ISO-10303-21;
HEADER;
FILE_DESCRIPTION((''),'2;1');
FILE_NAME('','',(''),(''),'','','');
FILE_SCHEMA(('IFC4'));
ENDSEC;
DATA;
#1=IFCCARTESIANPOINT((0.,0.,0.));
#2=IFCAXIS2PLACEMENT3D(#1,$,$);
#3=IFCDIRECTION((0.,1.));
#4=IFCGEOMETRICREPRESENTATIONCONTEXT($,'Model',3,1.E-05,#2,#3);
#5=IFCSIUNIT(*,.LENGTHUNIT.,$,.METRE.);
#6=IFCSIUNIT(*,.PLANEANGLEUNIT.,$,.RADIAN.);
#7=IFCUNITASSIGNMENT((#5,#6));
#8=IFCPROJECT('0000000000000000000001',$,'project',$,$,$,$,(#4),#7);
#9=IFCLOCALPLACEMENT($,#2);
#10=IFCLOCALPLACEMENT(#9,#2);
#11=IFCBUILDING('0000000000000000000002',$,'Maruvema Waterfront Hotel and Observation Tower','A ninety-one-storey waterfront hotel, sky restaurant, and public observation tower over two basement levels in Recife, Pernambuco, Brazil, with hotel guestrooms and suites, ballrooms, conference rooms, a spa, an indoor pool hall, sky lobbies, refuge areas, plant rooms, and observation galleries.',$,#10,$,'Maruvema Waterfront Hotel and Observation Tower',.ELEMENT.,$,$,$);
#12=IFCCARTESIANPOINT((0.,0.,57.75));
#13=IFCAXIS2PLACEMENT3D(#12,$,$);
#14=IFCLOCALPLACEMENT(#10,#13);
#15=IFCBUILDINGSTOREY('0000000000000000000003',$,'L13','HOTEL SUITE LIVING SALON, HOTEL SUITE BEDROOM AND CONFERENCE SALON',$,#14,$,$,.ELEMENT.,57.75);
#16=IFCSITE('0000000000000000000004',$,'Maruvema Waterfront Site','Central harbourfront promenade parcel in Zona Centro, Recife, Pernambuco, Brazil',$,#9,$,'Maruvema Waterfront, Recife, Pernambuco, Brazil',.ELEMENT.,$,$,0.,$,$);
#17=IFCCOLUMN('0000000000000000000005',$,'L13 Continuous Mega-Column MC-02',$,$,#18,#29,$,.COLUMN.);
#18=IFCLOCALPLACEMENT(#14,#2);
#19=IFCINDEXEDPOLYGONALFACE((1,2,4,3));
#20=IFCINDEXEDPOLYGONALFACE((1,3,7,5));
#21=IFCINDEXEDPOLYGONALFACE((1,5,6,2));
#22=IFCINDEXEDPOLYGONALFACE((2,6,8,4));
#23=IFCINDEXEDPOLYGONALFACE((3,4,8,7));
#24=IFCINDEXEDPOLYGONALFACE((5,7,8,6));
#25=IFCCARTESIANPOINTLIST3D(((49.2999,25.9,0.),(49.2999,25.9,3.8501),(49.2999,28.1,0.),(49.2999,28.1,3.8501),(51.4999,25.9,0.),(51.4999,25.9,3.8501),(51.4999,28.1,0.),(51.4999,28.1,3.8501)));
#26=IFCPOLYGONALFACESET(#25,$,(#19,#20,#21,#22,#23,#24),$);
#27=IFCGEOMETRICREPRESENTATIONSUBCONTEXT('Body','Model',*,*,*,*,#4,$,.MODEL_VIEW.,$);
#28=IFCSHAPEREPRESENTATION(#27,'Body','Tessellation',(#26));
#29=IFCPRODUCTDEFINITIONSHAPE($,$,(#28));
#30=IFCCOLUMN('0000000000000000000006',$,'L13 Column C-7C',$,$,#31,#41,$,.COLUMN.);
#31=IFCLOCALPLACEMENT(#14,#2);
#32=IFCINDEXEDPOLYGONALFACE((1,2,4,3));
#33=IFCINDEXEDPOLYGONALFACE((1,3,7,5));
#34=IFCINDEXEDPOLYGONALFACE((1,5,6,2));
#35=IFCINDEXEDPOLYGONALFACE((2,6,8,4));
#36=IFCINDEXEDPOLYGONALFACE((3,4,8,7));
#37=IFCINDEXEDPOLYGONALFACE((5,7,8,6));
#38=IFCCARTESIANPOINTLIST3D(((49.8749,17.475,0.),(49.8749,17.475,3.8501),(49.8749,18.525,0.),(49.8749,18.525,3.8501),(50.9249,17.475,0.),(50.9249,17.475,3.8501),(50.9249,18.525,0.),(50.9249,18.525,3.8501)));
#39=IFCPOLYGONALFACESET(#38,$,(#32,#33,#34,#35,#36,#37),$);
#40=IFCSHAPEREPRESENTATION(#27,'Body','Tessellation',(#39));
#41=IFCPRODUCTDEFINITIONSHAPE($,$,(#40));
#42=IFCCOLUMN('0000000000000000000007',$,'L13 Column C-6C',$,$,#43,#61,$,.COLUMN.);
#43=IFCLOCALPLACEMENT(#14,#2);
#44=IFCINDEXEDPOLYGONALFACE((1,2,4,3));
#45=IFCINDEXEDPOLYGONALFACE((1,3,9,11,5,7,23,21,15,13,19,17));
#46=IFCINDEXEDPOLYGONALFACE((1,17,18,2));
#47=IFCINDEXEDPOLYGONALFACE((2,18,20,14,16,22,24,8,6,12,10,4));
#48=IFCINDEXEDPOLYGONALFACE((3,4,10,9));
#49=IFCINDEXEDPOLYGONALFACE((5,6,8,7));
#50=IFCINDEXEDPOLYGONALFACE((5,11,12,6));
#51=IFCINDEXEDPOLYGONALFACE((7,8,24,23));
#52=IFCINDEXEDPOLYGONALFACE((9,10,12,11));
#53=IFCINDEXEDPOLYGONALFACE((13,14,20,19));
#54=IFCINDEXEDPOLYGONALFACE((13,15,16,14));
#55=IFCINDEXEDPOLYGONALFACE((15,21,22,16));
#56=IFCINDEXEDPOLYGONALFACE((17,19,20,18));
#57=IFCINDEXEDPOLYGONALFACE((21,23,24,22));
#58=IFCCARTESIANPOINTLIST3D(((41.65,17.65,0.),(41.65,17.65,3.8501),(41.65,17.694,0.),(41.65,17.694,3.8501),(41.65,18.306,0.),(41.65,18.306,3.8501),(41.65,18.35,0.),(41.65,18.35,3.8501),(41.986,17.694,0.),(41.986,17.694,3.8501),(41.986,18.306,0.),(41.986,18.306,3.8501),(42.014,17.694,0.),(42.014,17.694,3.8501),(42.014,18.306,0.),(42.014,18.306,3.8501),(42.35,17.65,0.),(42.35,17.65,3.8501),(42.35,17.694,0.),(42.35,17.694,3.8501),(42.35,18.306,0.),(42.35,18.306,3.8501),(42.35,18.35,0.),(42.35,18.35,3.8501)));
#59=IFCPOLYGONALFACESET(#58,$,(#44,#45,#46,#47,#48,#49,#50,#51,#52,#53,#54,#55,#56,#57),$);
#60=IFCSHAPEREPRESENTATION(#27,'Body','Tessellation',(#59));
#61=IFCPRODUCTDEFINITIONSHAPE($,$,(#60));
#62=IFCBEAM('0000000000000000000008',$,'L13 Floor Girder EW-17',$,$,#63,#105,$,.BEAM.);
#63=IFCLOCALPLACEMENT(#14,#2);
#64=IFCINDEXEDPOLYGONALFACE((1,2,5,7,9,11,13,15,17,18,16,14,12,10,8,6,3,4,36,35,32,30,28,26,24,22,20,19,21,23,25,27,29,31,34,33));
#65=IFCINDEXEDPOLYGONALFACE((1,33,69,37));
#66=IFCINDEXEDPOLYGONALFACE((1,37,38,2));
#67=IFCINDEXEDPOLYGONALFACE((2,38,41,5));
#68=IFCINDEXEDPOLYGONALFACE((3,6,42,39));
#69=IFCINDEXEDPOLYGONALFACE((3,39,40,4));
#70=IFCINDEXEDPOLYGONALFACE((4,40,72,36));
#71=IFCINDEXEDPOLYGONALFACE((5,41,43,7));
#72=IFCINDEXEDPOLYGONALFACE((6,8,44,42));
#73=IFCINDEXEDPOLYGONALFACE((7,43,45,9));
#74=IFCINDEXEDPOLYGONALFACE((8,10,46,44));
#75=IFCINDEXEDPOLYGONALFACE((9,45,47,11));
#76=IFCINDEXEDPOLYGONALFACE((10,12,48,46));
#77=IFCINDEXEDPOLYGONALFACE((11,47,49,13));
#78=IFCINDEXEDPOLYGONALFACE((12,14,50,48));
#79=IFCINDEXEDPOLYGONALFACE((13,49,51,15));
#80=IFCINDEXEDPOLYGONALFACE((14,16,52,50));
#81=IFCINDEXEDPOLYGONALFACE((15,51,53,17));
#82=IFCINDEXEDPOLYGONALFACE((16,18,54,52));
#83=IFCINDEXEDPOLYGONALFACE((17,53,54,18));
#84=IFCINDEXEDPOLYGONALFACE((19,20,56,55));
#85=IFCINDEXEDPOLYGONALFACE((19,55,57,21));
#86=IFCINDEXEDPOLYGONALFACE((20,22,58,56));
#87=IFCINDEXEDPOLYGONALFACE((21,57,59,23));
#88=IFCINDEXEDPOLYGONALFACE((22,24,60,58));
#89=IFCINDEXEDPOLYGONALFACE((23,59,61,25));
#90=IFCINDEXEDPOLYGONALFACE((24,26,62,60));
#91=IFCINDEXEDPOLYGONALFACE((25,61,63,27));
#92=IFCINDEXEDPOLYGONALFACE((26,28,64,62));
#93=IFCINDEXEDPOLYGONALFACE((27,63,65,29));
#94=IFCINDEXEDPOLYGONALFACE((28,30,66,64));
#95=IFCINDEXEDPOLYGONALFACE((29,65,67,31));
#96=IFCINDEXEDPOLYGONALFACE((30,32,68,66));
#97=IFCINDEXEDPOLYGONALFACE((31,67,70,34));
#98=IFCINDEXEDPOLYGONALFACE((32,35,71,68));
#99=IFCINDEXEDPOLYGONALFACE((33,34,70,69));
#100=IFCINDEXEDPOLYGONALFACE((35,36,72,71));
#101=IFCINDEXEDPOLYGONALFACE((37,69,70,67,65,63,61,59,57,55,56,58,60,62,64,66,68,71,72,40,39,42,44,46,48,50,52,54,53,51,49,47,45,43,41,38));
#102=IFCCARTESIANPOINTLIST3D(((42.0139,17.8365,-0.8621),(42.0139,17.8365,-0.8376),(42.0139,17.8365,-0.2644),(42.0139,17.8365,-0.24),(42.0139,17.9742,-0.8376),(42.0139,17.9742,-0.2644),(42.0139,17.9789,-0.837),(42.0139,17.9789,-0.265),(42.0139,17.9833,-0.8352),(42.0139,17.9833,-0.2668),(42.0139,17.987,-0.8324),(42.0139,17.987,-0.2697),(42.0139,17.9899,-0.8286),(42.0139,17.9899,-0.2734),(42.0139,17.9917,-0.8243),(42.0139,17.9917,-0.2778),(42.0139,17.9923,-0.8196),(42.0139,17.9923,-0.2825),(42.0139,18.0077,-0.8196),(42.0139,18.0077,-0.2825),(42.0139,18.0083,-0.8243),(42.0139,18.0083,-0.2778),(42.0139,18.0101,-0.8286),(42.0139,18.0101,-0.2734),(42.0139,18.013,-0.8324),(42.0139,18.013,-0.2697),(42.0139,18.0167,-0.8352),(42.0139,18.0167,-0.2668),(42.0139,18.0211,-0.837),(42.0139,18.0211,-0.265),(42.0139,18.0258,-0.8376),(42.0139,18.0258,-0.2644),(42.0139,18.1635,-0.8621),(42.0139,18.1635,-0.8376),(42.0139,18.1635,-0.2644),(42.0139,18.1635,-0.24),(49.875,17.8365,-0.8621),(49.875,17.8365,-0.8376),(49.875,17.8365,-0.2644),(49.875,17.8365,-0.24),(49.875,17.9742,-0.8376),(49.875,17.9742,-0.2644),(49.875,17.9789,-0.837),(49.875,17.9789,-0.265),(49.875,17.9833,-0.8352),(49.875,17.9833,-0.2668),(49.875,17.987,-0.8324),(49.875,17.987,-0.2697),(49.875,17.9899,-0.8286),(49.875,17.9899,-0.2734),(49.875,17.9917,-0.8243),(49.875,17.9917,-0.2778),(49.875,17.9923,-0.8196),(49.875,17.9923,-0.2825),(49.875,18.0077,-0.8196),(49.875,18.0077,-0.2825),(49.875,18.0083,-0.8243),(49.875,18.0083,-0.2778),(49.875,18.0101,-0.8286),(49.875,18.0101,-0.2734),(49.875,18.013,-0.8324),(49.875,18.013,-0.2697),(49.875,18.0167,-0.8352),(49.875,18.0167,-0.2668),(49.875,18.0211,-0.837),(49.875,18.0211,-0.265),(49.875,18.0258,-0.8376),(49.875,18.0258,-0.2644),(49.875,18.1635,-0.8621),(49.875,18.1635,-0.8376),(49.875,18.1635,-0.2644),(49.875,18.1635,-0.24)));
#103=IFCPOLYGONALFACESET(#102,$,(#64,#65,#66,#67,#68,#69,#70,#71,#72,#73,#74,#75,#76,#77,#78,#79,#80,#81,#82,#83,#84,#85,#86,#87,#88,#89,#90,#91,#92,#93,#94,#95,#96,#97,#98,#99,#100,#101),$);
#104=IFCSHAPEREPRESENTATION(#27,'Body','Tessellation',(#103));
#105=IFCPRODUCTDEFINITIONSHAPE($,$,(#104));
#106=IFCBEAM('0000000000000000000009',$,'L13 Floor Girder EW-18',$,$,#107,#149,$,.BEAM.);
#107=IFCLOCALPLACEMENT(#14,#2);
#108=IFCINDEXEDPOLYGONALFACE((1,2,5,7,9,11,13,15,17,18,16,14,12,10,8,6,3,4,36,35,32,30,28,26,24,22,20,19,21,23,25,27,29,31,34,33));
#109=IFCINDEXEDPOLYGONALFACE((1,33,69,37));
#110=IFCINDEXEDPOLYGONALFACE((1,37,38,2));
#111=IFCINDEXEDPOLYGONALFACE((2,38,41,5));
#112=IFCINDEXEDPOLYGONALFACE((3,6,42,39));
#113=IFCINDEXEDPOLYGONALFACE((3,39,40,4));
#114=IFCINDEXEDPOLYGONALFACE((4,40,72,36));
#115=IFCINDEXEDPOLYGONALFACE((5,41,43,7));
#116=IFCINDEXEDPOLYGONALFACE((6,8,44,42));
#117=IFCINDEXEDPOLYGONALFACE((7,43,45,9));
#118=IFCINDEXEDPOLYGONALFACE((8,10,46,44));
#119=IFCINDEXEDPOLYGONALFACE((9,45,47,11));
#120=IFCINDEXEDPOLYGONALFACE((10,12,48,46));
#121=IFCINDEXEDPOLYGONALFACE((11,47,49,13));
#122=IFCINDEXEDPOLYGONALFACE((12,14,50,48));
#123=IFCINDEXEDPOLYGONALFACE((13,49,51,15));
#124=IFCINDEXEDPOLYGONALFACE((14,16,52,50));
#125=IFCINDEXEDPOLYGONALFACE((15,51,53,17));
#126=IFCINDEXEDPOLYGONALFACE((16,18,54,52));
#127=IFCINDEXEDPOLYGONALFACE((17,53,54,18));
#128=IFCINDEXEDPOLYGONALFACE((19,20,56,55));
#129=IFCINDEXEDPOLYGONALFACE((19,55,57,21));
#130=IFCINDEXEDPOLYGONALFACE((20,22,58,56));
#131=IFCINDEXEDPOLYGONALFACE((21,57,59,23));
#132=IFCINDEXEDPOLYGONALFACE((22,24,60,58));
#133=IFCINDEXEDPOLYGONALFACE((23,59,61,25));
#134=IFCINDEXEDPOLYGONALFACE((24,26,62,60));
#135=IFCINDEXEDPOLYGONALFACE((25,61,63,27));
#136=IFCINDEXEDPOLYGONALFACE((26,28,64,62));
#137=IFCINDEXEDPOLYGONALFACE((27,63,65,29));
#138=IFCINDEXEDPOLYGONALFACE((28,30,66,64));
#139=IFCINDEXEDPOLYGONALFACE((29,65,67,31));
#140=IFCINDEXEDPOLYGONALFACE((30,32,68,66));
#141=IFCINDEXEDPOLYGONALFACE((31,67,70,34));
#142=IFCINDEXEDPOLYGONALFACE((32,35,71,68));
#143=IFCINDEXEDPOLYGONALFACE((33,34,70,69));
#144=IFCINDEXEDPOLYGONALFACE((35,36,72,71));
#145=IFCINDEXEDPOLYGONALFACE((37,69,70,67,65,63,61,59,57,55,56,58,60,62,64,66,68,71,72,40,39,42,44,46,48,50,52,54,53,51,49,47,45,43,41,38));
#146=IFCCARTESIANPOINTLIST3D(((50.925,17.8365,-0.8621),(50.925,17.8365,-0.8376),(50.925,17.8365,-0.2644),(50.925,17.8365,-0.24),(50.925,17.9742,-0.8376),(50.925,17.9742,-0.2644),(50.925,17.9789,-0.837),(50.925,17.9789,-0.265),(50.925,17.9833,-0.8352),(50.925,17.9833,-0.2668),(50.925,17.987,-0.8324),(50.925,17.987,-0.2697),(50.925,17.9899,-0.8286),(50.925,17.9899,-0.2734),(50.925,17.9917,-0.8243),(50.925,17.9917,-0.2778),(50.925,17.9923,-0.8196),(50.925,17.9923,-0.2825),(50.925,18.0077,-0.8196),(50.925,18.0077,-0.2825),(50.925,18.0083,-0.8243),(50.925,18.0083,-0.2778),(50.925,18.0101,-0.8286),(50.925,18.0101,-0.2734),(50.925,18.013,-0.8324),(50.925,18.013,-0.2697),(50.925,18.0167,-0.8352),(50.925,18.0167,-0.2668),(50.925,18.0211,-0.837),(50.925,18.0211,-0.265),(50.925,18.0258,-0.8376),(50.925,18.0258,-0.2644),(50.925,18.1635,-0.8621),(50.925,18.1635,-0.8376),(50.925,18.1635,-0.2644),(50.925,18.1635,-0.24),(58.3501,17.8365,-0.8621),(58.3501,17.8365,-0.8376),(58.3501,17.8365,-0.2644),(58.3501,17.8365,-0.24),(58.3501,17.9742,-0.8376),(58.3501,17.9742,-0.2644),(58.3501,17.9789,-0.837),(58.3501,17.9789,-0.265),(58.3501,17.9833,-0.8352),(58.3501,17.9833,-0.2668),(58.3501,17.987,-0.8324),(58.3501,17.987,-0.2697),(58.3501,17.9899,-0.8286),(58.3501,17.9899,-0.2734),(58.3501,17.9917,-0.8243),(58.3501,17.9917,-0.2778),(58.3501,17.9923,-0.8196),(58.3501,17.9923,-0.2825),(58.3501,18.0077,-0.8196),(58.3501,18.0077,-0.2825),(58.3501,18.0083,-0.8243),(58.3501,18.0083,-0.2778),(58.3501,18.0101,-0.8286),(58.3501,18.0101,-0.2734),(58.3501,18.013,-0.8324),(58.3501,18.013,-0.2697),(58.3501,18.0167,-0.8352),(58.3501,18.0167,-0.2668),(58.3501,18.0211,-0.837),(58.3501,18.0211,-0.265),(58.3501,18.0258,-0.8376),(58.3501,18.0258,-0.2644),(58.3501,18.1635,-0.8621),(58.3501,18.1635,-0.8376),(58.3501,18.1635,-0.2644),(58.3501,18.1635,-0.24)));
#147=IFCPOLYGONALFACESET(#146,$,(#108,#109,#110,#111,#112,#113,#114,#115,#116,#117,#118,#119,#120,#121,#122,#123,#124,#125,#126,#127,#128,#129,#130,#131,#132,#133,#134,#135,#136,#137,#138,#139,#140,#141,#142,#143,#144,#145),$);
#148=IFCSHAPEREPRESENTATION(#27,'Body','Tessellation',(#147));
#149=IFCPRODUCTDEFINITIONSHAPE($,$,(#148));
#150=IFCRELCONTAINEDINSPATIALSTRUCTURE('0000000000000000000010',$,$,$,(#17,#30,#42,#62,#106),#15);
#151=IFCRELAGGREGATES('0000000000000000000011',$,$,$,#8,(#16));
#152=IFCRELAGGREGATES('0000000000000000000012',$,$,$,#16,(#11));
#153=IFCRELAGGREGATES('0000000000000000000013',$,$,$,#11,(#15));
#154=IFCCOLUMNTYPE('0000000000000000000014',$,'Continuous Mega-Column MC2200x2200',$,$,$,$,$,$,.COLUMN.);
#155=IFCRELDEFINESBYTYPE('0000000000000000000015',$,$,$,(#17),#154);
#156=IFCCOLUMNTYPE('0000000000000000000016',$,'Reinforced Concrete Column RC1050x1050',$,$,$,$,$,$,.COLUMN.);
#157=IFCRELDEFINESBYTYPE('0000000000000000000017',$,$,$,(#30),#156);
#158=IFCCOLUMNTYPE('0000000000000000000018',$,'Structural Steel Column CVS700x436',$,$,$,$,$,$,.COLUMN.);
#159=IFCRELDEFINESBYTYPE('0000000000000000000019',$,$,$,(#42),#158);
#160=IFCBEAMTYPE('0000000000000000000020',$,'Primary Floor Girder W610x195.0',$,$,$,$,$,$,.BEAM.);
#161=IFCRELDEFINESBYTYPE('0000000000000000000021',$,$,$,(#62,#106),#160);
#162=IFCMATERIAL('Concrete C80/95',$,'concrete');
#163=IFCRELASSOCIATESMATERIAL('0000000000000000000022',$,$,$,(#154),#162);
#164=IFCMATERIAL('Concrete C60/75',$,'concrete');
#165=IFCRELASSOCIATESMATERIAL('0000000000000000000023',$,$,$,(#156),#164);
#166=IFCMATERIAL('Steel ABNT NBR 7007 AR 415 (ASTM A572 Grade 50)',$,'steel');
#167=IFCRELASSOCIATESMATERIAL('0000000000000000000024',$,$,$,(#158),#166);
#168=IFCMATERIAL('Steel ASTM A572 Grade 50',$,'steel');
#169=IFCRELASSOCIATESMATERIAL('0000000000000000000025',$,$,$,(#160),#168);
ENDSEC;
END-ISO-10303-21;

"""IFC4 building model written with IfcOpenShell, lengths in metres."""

from ifc_helpers import new_model, si_unit, direction, frame, origin, origin_2d, place, context, subcontext, project, spatial, rectangle, i_section, extrude, material, material_profile, profile_set, type_object, element, save


model = new_model("IFC4")

# Units and contexts
model_context = context("Model", 3, precision=1e-05, world=origin(), true_north=direction((0.0, 1.0)))
body_context = subcontext(model_context, "Body", "Model", "MODEL_VIEW")
ifc_project = project(units=[si_unit("LENGTHUNIT", "METRE"), si_unit("PLANEANGLEUNIT", "RADIAN")], contexts=[model_context])

# Site, building, storey
site_placement = place(None, origin())
site = spatial("IfcSite", under=ifc_project, at=site_placement, Name="Maruvema Waterfront Site", Description="Central harbourfront promenade parcel in Zona Centro, Recife, Pernambuco, Brazil", LongName="Maruvema Waterfront, Recife, Pernambuco, Brazil", CompositionType="ELEMENT", RefElevation=0.0)
building_placement = place(site_placement, origin())
building = spatial("IfcBuilding", under=site, at=building_placement, Name="Maruvema Waterfront Hotel and Observation Tower", Description="A ninety-one-storey waterfront hotel, sky restaurant, and public observation tower over two basement levels in Recife, Pernambuco, Brazil, with hotel guestrooms and suites, ballrooms, conference rooms, a spa, an indoor pool hall, sky lobbies, refuge areas, plant rooms, and observation galleries.", LongName="Maruvema Waterfront Hotel and Observation Tower", CompositionType="ELEMENT")
storey_placement = place(building_placement, frame((0.0, 0.0, 57.75)))
storey = spatial("IfcBuildingStorey", under=building, at=storey_placement, Name="L13", Description="HOTEL SUITE LIVING SALON, HOTEL SUITE BEDROOM AND CONFERENCE SALON", CompositionType="ELEMENT", Elevation=57.75)

# Columns
ifc_material_1 = material(Name="Concrete C80/95", Category="concrete")
ifc_material_profile_1 = material_profile(ifc_material_1, rectangle(XDim=2.2, YDim=2.2, at=origin_2d()), Name="MC2200x2200")
ifc_profile_set_1 = profile_set([ifc_material_profile_1], Name="Concrete C80/95")
column_type_1 = type_object("IfcColumnType", Name="Continuous Mega-Column MC2200x2200", PredefinedType="COLUMN", material=ifc_profile_set_1)
column_1_placement = place(storey_placement, frame((50.3999, 27.0, 0.0), z_axis=(0.0, 0.0, 1.0), x_axis=(1.0, 0.0, 0.0)))
element("IfcColumn", 1, at=column_1_placement, inside=storey, type_object=column_type_1, Name="L13 Continuous Mega-Column MC-02", PredefinedType="COLUMN", context=body_context, shape_type="SweptSolid", body=[
    extrude(rectangle(XDim=2.2, YDim=2.2, at=origin_2d()), origin(), (0.0, 0.0, 1.0), 3.8501),
])
ifc_material_2 = material(Name="Concrete C60/75", Category="concrete")
ifc_material_profile_2 = material_profile(ifc_material_2, rectangle(XDim=1.05, YDim=1.05, at=origin_2d()), Name="RC1050x1050")
ifc_profile_set_2 = profile_set([ifc_material_profile_2], Name="Concrete C60/75")
column_type_2 = type_object("IfcColumnType", Name="Reinforced Concrete Column RC1050x1050", PredefinedType="COLUMN", material=ifc_profile_set_2)
column_2_placement = place(storey_placement, frame((50.3999, 18.0, 0.0), z_axis=(0.0, 0.0, 1.0), x_axis=(1.0, 0.0, 0.0)))
element("IfcColumn", 2, at=column_2_placement, inside=storey, type_object=column_type_2, Name="L13 Column C-7C", PredefinedType="COLUMN", context=body_context, shape_type="SweptSolid", body=[
    extrude(rectangle(XDim=1.05, YDim=1.05, at=origin_2d()), origin(), (0.0, 0.0, 1.0), 3.8501),
])
ifc_material_3 = material(Name="Steel ABNT NBR 7007 AR 415 (ASTM A572 Grade 50)", Category="steel")
ifc_material_profile_3 = material_profile(ifc_material_3, i_section(OverallWidth=0.7, OverallDepth=0.7, WebThickness=0.0281, FlangeThickness=0.0439, at=origin_2d()), Name="CVS700x436")
ifc_profile_set_3 = profile_set([ifc_material_profile_3], Name="Steel ABNT NBR 7007 AR 415 (ASTM A572 Grade 50)")
column_type_3 = type_object("IfcColumnType", Name="Structural Steel Column CVS700x436", PredefinedType="COLUMN", material=ifc_profile_set_3)
column_3_placement = place(storey_placement, frame((42.0, 18.0, 0.0), z_axis=(0.0, 0.0, 1.0), x_axis=(1.0, 0.0, 0.0)))
element("IfcColumn", 3, at=column_3_placement, inside=storey, type_object=column_type_3, Name="L13 Column C-6C", PredefinedType="COLUMN", context=body_context, shape_type="SweptSolid", body=[
    extrude(i_section(OverallWidth=0.7, OverallDepth=0.7, WebThickness=0.0281, FlangeThickness=0.0439, at=origin_2d()), origin(), (0.0, 0.0, 1.0), 3.8501),
])

# Beams
ifc_material_4 = material(Name="Steel ASTM A572 Grade 50", Category="steel")
ifc_material_profile_4 = material_profile(ifc_material_4, i_section(OverallWidth=0.3269, OverallDepth=0.6221, WebThickness=0.0154, FlangeThickness=0.0244, FilletRadius=0.0181, at=origin_2d()), Name="W610x195.0")
ifc_profile_set_4 = profile_set([ifc_material_profile_4], Name="Steel ASTM A572 Grade 50")
beam_type = type_object("IfcBeamType", Name="Primary Floor Girder W610x195.0", PredefinedType="BEAM", material=ifc_profile_set_4)
beam_1_placement = place(storey_placement, frame((42.0139, 18.0, -0.551), z_axis=(1.0, 0.0, 0.0), x_axis=(0.0, 1.0, 0.0)))
element("IfcBeam", 4, at=beam_1_placement, inside=storey, type_object=beam_type, Name="L13 Floor Girder EW-17", PredefinedType="BEAM", context=body_context, shape_type="SweptSolid", body=[
    extrude(i_section(OverallWidth=0.3269, OverallDepth=0.6221, WebThickness=0.0154, FlangeThickness=0.0244, FilletRadius=0.0181, at=origin_2d()), origin(), (0.0, 0.0, 1.0), 7.8611),
])
beam_2_placement = place(storey_placement, frame((50.925, 18.0, -0.551), z_axis=(1.0, 0.0, 0.0), x_axis=(0.0, 1.0, 0.0)))
element("IfcBeam", 5, at=beam_2_placement, inside=storey, type_object=beam_type, Name="L13 Floor Girder EW-18", PredefinedType="BEAM", context=body_context, shape_type="SweptSolid", body=[
    extrude(i_section(OverallWidth=0.3269, OverallDepth=0.6221, WebThickness=0.0154, FlangeThickness=0.0244, FilletRadius=0.0181, at=origin_2d()), origin(), (0.0, 0.0, 1.0), 7.425),
])

save(model, "model.ifc")
